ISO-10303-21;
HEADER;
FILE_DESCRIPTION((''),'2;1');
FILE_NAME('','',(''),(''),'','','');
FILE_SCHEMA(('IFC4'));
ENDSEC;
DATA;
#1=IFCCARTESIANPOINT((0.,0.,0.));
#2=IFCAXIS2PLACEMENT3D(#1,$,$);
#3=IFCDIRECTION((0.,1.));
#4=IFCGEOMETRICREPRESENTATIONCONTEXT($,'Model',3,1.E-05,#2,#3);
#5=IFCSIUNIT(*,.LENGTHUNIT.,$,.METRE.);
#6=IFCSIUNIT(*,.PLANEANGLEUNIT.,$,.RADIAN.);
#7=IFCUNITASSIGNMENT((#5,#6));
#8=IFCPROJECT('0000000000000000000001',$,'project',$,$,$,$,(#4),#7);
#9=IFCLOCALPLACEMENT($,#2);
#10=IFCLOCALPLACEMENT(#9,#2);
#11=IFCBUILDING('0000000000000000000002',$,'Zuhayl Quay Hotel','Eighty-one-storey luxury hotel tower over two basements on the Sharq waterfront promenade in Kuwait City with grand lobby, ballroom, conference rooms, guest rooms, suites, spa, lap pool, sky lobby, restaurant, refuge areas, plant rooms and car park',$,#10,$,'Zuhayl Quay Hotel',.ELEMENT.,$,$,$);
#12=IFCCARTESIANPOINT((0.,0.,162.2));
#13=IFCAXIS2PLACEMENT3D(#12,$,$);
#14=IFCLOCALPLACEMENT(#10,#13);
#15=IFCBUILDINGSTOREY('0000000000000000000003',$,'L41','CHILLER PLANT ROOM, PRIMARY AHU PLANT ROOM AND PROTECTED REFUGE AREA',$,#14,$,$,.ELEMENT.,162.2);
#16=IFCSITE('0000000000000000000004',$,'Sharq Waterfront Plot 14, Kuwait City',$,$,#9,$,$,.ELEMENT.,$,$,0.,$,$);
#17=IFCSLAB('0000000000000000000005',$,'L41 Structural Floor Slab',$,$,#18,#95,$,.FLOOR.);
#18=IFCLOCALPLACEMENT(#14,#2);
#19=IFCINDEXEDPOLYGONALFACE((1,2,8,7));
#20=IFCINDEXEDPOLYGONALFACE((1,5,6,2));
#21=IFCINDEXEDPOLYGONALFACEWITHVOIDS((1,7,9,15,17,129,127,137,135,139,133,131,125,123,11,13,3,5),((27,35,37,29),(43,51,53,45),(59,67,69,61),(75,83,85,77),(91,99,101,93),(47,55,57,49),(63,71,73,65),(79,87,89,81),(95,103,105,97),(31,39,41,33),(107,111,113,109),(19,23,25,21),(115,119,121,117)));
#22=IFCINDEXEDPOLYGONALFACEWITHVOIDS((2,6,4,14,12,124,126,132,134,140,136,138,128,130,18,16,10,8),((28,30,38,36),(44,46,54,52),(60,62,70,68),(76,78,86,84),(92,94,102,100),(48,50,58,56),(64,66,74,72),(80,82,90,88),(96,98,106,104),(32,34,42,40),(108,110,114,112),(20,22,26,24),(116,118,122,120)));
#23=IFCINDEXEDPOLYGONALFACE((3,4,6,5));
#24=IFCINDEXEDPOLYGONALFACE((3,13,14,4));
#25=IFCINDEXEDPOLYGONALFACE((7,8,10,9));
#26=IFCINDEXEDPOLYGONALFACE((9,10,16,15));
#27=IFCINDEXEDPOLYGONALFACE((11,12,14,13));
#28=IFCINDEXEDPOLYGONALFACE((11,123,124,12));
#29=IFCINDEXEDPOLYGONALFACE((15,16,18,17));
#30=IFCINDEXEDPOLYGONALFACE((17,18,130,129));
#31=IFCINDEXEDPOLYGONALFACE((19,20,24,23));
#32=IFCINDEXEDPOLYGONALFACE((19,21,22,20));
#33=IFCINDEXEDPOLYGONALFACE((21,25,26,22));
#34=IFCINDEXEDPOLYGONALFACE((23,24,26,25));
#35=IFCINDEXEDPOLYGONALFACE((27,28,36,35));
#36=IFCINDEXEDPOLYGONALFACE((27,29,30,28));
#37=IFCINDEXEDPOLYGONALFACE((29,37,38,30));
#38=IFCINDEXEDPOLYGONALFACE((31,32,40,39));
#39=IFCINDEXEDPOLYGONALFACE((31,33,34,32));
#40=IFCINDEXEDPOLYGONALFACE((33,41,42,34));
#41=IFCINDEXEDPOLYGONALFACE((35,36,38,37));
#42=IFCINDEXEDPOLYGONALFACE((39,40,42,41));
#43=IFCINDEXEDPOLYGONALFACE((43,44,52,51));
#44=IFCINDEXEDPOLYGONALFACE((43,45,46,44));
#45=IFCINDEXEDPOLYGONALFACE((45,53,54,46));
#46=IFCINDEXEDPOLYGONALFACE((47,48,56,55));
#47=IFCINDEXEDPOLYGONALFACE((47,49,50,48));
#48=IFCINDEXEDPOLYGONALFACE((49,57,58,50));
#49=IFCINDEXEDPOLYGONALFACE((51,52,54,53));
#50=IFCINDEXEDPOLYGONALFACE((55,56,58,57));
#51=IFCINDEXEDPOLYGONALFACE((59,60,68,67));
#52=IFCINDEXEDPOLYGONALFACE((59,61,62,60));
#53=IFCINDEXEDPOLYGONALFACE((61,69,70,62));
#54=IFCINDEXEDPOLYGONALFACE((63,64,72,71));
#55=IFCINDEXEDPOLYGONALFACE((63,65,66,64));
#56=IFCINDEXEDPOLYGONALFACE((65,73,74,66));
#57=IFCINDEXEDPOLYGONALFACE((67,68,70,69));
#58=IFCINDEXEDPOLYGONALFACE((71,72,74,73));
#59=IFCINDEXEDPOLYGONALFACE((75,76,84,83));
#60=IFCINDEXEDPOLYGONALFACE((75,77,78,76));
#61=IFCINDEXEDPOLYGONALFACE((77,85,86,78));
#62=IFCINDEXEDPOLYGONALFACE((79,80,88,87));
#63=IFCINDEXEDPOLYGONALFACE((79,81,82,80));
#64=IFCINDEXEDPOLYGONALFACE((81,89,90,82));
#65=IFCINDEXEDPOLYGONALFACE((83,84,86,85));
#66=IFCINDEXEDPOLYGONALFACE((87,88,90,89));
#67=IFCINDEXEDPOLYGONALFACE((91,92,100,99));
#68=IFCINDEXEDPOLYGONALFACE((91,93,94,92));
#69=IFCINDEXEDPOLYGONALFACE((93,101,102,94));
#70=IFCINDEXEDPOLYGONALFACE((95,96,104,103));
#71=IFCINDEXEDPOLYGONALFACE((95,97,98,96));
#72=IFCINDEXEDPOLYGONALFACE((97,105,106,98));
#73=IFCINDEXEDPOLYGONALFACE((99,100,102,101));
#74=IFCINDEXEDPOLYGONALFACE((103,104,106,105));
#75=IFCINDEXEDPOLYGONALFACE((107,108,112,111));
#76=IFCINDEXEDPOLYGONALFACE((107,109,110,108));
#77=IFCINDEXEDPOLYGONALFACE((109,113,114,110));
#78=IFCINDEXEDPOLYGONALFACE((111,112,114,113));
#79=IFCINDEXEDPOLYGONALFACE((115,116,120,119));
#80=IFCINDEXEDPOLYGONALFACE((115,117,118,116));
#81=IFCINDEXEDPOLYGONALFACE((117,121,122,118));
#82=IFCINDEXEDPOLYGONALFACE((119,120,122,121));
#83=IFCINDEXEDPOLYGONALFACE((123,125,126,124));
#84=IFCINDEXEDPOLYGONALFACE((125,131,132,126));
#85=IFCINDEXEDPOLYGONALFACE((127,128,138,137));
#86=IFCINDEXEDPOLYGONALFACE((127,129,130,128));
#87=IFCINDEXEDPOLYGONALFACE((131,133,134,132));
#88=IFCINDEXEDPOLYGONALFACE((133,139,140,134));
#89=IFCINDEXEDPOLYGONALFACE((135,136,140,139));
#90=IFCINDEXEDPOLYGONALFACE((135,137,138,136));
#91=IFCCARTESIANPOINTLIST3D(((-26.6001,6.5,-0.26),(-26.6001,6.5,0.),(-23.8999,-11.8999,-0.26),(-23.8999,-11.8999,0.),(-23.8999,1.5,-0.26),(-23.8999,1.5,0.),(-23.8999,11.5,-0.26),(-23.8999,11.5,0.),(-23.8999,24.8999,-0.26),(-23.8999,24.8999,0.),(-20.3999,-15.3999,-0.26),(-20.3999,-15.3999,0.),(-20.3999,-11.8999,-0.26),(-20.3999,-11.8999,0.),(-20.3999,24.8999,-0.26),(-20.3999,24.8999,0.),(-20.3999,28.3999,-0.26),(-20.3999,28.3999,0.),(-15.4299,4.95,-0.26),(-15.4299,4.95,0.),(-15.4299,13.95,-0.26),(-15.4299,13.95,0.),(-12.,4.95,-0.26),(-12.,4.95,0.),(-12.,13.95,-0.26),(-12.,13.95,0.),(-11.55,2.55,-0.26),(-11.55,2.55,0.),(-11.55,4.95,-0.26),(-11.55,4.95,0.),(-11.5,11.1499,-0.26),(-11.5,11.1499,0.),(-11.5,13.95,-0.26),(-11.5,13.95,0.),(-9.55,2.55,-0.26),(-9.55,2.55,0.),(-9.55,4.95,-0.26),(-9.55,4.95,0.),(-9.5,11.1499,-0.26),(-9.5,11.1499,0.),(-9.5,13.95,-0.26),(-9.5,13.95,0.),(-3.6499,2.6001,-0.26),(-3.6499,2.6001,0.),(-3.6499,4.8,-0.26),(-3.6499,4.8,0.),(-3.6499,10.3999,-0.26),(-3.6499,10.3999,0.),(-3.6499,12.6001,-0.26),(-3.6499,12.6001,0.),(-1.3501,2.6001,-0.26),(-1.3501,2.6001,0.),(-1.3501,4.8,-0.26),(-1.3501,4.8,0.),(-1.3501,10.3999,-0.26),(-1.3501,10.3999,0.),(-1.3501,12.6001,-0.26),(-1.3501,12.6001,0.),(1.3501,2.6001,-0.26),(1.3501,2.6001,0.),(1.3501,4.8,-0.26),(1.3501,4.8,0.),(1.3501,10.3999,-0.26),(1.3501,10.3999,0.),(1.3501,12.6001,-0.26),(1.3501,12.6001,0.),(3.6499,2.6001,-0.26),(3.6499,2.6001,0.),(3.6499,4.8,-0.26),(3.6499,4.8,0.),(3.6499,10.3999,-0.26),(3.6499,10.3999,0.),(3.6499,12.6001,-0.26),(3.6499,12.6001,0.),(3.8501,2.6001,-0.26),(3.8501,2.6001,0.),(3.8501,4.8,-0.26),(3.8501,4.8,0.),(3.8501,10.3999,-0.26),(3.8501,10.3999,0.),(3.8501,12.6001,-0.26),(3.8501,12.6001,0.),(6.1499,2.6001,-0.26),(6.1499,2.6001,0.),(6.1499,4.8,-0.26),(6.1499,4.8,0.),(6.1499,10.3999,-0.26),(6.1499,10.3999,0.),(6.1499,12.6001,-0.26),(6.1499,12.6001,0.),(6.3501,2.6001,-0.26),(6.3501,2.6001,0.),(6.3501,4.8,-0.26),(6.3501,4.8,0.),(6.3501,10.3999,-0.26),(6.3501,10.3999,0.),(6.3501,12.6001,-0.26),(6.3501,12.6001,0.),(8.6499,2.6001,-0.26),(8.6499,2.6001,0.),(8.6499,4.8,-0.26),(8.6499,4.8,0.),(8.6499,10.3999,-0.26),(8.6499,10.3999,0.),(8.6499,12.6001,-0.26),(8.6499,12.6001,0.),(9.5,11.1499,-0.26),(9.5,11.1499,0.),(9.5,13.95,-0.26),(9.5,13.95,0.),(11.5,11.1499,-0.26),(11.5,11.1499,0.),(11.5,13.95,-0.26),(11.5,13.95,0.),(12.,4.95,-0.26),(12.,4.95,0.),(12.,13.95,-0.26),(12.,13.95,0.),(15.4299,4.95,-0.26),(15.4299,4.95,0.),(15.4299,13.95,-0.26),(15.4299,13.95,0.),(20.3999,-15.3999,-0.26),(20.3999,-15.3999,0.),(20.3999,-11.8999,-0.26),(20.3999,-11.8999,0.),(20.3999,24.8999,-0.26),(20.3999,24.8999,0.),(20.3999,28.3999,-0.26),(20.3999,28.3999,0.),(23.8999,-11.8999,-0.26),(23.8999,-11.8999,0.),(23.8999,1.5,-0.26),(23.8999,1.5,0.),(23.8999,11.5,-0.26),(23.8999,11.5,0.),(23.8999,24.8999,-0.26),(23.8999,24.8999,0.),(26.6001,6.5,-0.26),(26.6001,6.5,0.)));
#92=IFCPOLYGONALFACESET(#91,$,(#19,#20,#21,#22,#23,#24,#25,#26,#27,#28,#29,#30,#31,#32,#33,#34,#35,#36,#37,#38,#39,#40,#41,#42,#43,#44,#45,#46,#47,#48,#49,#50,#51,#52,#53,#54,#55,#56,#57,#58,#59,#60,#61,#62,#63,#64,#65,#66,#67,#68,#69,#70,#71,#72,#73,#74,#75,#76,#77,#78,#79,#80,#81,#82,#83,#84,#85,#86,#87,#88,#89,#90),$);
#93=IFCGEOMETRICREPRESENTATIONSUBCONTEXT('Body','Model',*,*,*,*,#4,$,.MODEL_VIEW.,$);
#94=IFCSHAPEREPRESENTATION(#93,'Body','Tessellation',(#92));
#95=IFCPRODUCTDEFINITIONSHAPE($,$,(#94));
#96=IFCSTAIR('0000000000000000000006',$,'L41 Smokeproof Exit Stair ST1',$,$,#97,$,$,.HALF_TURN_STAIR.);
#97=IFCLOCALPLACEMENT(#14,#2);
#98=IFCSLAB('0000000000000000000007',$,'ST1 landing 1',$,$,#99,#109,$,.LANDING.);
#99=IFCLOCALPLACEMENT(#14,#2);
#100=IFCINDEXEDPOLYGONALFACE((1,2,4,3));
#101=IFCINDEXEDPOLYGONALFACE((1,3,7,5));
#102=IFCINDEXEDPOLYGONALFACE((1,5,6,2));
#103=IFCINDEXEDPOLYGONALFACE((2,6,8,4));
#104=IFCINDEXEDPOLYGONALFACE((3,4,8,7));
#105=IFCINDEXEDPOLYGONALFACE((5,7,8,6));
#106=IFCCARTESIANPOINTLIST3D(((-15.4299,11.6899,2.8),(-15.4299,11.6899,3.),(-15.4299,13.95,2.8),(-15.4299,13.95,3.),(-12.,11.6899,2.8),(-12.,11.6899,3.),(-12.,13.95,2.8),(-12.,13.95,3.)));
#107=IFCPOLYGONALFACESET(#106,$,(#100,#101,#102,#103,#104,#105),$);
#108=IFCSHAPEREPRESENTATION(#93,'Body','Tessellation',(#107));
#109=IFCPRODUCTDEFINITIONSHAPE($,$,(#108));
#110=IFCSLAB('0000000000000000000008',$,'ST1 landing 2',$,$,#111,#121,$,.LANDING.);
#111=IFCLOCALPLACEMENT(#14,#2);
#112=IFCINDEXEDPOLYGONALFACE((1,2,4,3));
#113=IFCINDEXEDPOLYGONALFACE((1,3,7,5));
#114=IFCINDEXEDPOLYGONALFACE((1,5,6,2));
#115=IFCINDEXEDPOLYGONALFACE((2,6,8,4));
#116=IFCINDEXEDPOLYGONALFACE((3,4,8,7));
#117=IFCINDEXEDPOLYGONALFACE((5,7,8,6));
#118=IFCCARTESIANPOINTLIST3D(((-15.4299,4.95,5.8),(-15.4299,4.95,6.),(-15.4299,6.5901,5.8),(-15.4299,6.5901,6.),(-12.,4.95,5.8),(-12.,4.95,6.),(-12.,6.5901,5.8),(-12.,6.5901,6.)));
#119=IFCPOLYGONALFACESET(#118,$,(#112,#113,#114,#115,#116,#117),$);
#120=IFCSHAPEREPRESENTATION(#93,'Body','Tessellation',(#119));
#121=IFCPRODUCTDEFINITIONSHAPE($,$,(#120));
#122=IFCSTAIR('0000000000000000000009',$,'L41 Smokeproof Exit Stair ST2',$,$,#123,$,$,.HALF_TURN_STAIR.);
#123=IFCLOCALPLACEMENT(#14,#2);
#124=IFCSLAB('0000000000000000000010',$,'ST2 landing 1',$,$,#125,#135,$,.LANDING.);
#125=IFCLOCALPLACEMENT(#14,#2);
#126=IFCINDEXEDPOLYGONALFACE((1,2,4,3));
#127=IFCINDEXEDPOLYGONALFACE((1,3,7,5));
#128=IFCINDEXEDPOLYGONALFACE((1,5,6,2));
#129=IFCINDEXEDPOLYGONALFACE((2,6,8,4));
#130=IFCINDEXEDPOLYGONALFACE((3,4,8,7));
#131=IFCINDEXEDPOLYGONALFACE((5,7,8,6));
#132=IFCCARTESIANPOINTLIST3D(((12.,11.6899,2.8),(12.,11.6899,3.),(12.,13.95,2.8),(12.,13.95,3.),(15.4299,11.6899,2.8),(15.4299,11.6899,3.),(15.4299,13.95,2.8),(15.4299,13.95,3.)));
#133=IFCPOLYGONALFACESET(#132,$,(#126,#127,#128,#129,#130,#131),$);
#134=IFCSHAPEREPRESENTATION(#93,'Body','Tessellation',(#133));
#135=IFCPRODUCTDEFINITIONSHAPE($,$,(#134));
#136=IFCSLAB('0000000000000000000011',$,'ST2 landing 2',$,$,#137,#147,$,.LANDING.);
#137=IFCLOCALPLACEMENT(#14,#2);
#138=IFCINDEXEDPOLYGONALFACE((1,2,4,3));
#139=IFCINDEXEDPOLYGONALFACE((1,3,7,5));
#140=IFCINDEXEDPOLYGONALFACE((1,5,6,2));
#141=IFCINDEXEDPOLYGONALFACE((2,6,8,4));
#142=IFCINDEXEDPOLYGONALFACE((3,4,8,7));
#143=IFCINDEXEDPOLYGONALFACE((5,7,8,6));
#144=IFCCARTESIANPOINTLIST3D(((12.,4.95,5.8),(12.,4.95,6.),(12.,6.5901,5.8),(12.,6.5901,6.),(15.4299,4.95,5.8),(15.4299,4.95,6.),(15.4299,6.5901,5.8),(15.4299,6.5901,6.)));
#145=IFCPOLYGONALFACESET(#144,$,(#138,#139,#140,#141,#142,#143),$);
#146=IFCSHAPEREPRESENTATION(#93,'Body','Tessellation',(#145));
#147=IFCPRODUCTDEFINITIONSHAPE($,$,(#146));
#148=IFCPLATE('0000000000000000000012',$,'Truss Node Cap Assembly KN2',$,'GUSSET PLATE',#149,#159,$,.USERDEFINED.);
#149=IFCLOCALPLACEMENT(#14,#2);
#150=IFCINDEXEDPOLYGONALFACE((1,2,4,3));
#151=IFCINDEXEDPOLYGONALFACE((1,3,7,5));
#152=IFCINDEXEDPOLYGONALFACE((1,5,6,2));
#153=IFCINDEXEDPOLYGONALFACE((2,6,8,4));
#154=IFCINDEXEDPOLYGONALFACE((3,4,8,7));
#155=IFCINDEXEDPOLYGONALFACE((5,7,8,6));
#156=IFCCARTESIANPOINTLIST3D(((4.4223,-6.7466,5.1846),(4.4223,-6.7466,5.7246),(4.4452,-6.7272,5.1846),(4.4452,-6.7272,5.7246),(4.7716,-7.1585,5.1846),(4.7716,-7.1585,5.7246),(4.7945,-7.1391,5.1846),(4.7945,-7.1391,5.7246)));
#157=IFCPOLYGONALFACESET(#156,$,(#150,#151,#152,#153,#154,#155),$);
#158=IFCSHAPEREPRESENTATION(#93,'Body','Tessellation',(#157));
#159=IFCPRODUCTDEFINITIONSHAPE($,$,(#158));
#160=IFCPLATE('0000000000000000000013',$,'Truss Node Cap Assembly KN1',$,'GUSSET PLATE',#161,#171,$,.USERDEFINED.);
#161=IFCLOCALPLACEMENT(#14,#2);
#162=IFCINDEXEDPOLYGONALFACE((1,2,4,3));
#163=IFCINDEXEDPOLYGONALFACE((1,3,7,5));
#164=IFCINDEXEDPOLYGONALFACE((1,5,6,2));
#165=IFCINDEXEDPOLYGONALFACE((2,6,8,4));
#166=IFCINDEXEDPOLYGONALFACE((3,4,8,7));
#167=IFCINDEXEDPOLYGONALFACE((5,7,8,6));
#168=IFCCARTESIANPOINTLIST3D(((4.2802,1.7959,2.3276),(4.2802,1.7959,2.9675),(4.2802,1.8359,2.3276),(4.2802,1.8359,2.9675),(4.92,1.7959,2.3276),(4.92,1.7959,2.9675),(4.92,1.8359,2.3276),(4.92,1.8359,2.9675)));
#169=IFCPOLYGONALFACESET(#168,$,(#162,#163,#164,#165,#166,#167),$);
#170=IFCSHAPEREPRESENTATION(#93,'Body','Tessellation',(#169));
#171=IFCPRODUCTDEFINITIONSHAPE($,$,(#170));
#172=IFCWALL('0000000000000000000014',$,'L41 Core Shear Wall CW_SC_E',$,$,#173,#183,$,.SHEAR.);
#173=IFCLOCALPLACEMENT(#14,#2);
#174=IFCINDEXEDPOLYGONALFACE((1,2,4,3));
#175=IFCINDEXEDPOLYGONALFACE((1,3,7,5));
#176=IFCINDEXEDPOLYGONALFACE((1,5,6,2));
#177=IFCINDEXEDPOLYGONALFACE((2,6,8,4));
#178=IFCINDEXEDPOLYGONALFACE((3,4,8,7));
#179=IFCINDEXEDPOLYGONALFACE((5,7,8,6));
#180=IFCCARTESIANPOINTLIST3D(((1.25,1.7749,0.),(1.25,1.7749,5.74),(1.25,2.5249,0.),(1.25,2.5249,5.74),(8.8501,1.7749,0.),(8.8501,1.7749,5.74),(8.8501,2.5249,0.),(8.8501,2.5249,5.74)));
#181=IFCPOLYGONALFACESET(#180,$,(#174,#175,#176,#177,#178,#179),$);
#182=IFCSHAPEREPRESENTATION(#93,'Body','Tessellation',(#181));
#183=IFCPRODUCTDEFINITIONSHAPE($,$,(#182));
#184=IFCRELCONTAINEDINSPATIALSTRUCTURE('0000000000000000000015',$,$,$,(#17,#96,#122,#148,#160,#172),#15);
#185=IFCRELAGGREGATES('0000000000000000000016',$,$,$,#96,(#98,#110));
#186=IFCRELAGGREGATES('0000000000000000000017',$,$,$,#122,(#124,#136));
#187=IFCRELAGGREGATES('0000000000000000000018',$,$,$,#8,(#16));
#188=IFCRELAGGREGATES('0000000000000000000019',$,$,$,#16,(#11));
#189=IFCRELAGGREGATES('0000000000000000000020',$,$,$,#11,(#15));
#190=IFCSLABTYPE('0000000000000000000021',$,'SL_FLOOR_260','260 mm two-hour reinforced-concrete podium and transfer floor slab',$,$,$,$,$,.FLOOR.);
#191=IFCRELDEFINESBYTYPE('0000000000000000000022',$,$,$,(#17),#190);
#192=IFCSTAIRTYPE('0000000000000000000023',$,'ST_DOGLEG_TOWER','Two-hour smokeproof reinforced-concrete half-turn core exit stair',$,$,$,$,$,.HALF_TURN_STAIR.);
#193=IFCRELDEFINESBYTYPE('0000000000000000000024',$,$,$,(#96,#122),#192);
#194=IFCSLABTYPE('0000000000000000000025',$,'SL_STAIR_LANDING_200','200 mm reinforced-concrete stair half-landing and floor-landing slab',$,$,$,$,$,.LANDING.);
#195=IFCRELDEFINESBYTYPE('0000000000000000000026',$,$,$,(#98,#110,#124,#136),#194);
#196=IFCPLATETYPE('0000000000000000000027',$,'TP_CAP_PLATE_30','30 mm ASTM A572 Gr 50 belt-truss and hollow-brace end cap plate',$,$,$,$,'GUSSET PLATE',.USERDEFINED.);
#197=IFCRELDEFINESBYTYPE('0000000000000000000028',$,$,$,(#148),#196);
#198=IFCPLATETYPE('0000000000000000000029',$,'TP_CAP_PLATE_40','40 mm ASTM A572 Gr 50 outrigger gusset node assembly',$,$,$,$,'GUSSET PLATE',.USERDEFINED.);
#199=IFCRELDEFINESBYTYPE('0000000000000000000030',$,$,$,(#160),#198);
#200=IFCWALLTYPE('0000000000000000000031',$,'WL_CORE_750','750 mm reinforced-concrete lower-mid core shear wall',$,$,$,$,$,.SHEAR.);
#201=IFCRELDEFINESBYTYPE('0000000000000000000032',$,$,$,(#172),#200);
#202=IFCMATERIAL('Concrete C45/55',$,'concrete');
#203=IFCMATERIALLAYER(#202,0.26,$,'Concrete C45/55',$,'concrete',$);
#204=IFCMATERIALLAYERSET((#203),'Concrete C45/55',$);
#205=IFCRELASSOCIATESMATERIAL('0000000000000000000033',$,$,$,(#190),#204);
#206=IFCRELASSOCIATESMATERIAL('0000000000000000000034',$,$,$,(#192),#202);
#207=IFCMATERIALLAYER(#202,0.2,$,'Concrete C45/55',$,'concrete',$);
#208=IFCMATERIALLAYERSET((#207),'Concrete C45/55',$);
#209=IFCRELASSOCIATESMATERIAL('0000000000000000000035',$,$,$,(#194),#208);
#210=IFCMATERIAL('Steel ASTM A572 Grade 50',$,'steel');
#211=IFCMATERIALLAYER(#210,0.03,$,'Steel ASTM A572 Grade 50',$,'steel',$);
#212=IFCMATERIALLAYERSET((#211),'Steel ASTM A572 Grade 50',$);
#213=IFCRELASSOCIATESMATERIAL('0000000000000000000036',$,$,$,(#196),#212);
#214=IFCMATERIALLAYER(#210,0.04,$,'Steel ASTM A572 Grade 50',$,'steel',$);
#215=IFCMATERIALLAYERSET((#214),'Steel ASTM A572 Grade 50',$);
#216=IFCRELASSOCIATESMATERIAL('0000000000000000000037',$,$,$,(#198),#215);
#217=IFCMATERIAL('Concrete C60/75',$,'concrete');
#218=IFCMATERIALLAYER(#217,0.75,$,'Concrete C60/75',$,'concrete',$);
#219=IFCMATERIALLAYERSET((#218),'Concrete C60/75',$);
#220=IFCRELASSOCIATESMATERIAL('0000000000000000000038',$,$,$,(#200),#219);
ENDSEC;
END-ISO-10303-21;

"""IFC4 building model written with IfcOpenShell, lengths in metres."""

from ifc_helpers import new_model, si_unit, direction, frame, frame_2d, origin, origin_2d, place, context, subcontext, project, spatial, polyline, rectangle, outline, extrude, material, layer, layer_set, type_object, element, aggregate, save


model = new_model("IFC4")

# Units and contexts
model_context = context("Model", 3, precision=1e-05, world=origin(), true_north=direction((0.0, 1.0)))
body_context = subcontext(model_context, "Body", "Model", "MODEL_VIEW")
ifc_project = project(units=[si_unit("LENGTHUNIT", "METRE"), si_unit("PLANEANGLEUNIT", "RADIAN")], contexts=[model_context])

# Site, building, storey
site_placement = place(None, origin())
site = spatial("IfcSite", under=ifc_project, at=site_placement, Name="Sharq Waterfront Plot 14, Kuwait City", CompositionType="ELEMENT", RefElevation=0.0)
building_placement = place(site_placement, origin())
building = spatial("IfcBuilding", under=site, at=building_placement, Name="Zuhayl Quay Hotel", Description="Eighty-one-storey luxury hotel tower over two basements on the Sharq waterfront promenade in Kuwait City with grand lobby, ballroom, conference rooms, guest rooms, suites, spa, lap pool, sky lobby, restaurant, refuge areas, plant rooms and car park", LongName="Zuhayl Quay Hotel", CompositionType="ELEMENT")
storey_placement = place(building_placement, frame((0.0, 0.0, 162.2)))
storey = spatial("IfcBuildingStorey", under=building, at=storey_placement, Name="L41", Description="CHILLER PLANT ROOM, PRIMARY AHU PLANT ROOM AND PROTECTED REFUGE AREA", CompositionType="ELEMENT", Elevation=162.2)

# Shared definitions
ifc_material_1 = material(Name="Concrete C60/75", Category="concrete")

# Slab
ifc_material_2 = material(Name="Concrete C45/55", Category="concrete")
ifc_layer_1 = layer(ifc_material_2, 0.26, Name="Concrete C45/55", Category="concrete")
ifc_layer_set_1 = layer_set([ifc_layer_1], Name="Concrete C45/55")
slab_type_1 = type_object("IfcSlabType", Name="SL_FLOOR_260", Description="260 mm two-hour reinforced-concrete podium and transfer floor slab", PredefinedType="FLOOR", material=ifc_layer_set_1)
slab_1_placement = place(storey_placement, frame((0.0, 0.0, -0.26)))
element("IfcSlab", 1, at=slab_1_placement, inside=storey, type_object=slab_type_1, Name="L41 Structural Floor Slab", PredefinedType="FLOOR", context=body_context, shape_type="SweptSolid", body=[
    extrude(outline(polyline([(-20.3999, -15.3999), (20.3999, -15.3999), (20.3999, -11.8999), (23.8999, -11.8999), (23.8999, 1.5), (26.6001, 6.5), (23.8999, 11.5), (23.8999, 24.8999), (20.3999, 24.8999), (20.3999, 28.3999), (-20.3999, 28.3999), (-20.3999, 24.8999), (-23.8999, 24.8999), (-23.8999, 11.5), (-26.6001, 6.5), (-23.8999, 1.5), (-23.8999, -11.8999), (-20.3999, -11.8999), (-20.3999, -15.3999)]), holes=[polyline([(-12.0, 4.95), (-12.0, 13.95), (-15.4299, 13.95), (-15.4299, 4.95), (-12.0, 4.95)]), polyline([(15.4299, 4.95), (15.4299, 13.95), (12.0, 13.95), (12.0, 4.95), (15.4299, 4.95)]), polyline([(-11.5, 11.1499), (-9.5, 11.1499), (-9.5, 13.95), (-11.5, 13.95), (-11.5, 11.1499)]), polyline([(9.5, 11.1499), (11.5, 11.1499), (11.5, 13.95), (9.5, 13.95), (9.5, 11.1499)]), polyline([(-3.6499, 2.6001), (-1.3501, 2.6001), (-1.3501, 4.8), (-3.6499, 4.8), (-3.6499, 2.6001)]), polyline([(1.3501, 2.6001), (3.6499, 2.6001), (3.6499, 4.8), (1.3501, 4.8), (1.3501, 2.6001)]), polyline([(-3.6499, 10.3999), (-1.3501, 10.3999), (-1.3501, 12.6001), (-3.6499, 12.6001), (-3.6499, 10.3999)]), polyline([(1.3501, 10.3999), (3.6499, 10.3999), (3.6499, 12.6001), (1.3501, 12.6001), (1.3501, 10.3999)]), polyline([(3.8501, 2.6001), (6.1499, 2.6001), (6.1499, 4.8), (3.8501, 4.8), (3.8501, 2.6001)]), polyline([(6.3501, 2.6001), (8.6499, 2.6001), (8.6499, 4.8), (6.3501, 4.8), (6.3501, 2.6001)]), polyline([(3.8501, 10.3999), (6.1499, 10.3999), (6.1499, 12.6001), (3.8501, 12.6001), (3.8501, 10.3999)]), polyline([(6.3501, 10.3999), (8.6499, 10.3999), (8.6499, 12.6001), (6.3501, 12.6001), (6.3501, 10.3999)]), polyline([(-11.55, 2.55), (-9.55, 2.55), (-9.55, 4.95), (-11.55, 4.95), (-11.55, 2.55)])]), origin(), (0.0, 0.0, 1.0), 0.26),
])

# Stairs, slabs
stair_type = type_object("IfcStairType", Name="ST_DOGLEG_TOWER", Description="Two-hour smokeproof reinforced-concrete half-turn core exit stair", PredefinedType="HALF_TURN_STAIR", material=ifc_material_2)
stair_1_placement = place(storey_placement, origin())
stair_1 = element("IfcStair", 2, at=stair_1_placement, inside=storey, type_object=stair_type, Name="L41 Smokeproof Exit Stair ST1", PredefinedType="HALF_TURN_STAIR")
ifc_layer_2 = layer(ifc_material_2, 0.2, Name="Concrete C45/55", Category="concrete")
ifc_layer_set_2 = layer_set([ifc_layer_2], Name="Concrete C45/55")
slab_type_2 = type_object("IfcSlabType", Name="SL_STAIR_LANDING_200", Description="200 mm reinforced-concrete stair half-landing and floor-landing slab", PredefinedType="LANDING", material=ifc_layer_set_2)
slab_2_placement = place(storey_placement, frame((0.0, 0.0, 2.8)))
slab_2 = element("IfcSlab", 3, at=slab_2_placement, type_object=slab_type_2, Name="ST1 landing 1", PredefinedType="LANDING", context=body_context, shape_type="SweptSolid", body=[
    extrude(outline(polyline([(-12.0, 11.6899), (-12.0, 13.95), (-15.4299, 13.95), (-15.4299, 11.6899), (-12.0, 11.6899)])), origin(), (0.0, 0.0, 1.0), 0.2),
])
slab_3_placement = place(storey_placement, frame((0.0, 0.0, 5.8)))
slab_3 = element("IfcSlab", 4, at=slab_3_placement, type_object=slab_type_2, Name="ST1 landing 2", PredefinedType="LANDING", context=body_context, shape_type="SweptSolid", body=[
    extrude(outline(polyline([(-12.0, 4.95), (-12.0, 6.5901), (-15.4299, 6.5901), (-15.4299, 4.95), (-12.0, 4.95)])), origin(), (0.0, 0.0, 1.0), 0.2),
])
aggregate(stair_1, [slab_2, slab_3])
stair_2_placement = place(storey_placement, origin())
stair_2 = element("IfcStair", 5, at=stair_2_placement, inside=storey, type_object=stair_type, Name="L41 Smokeproof Exit Stair ST2", PredefinedType="HALF_TURN_STAIR")
slab_4_placement = place(storey_placement, frame((0.0, 0.0, 2.8)))
slab_4 = element("IfcSlab", 6, at=slab_4_placement, type_object=slab_type_2, Name="ST2 landing 1", PredefinedType="LANDING", context=body_context, shape_type="SweptSolid", body=[
    extrude(outline(polyline([(15.4299, 11.6899), (15.4299, 13.95), (12.0, 13.95), (12.0, 11.6899), (15.4299, 11.6899)])), origin(), (0.0, 0.0, 1.0), 0.2),
])
slab_5_placement = place(storey_placement, frame((0.0, 0.0, 5.8)))
slab_5 = element("IfcSlab", 7, at=slab_5_placement, type_object=slab_type_2, Name="ST2 landing 2", PredefinedType="LANDING", context=body_context, shape_type="SweptSolid", body=[
    extrude(outline(polyline([(15.4299, 4.95), (15.4299, 6.5901), (12.0, 6.5901), (12.0, 4.95), (15.4299, 4.95)])), origin(), (0.0, 0.0, 1.0), 0.2),
])
aggregate(stair_2, [slab_4, slab_5])

# Plates
ifc_material_3 = material(Name="Steel ASTM A572 Grade 50", Category="steel")
ifc_layer_3 = layer(ifc_material_3, 0.03, Name="Steel ASTM A572 Grade 50", Category="steel")
ifc_layer_set_3 = layer_set([ifc_layer_3], Name="Steel ASTM A572 Grade 50")
plate_type_1 = type_object("IfcPlateType", Name="TP_CAP_PLATE_30", Description="30 mm ASTM A572 Gr 50 belt-truss and hollow-brace end cap plate", ElementType="GUSSET PLATE", PredefinedType="USERDEFINED", material=ifc_layer_set_3)
plate_1_placement = place(storey_placement, frame((4.6084, -6.9429, 5.1846), z_axis=(0.0, 0.0, 1.0), x_axis=(0.762781, 0.646657, 0.0)))
element("IfcPlate", 8, at=plate_1_placement, inside=storey, type_object=plate_type_1, Name="Truss Node Cap Assembly KN2", ObjectType="GUSSET PLATE", PredefinedType="USERDEFINED", context=body_context, shape_type="SweptSolid", body=[
    extrude(rectangle(XDim=0.03, YDim=0.54, at=origin_2d()), origin(), (0.0, 0.0, 1.0), 0.54),
])
ifc_layer_4 = layer(ifc_material_3, 0.04, Name="Steel ASTM A572 Grade 50", Category="steel")
ifc_layer_set_4 = layer_set([ifc_layer_4], Name="Steel ASTM A572 Grade 50")
plate_type_2 = type_object("IfcPlateType", Name="TP_CAP_PLATE_40", Description="40 mm ASTM A572 Gr 50 outrigger gusset node assembly", ElementType="GUSSET PLATE", PredefinedType="USERDEFINED", material=ifc_layer_set_4)
plate_2_placement = place(storey_placement, frame((4.6001, 1.8159, 2.3276), z_axis=(0.0, 0.0, 1.0), x_axis=(0.0, 1.0, 0.0)))
element("IfcPlate", 9, at=plate_2_placement, inside=storey, type_object=plate_type_2, Name="Truss Node Cap Assembly KN1", ObjectType="GUSSET PLATE", PredefinedType="USERDEFINED", context=body_context, shape_type="SweptSolid", body=[
    extrude(rectangle(XDim=0.04, YDim=0.6399, at=origin_2d()), origin(), (0.0, 0.0, 1.0), 0.6399),
])

# Wall
ifc_layer_5 = layer(ifc_material_1, 0.75, Name="Concrete C60/75", Category="concrete")
ifc_layer_set_5 = layer_set([ifc_layer_5], Name="Concrete C60/75")
wall_type_1 = type_object("IfcWallType", Name="WL_CORE_750", Description="750 mm reinforced-concrete lower-mid core shear wall", PredefinedType="SHEAR", material=ifc_layer_set_5)
wall_1_placement = place(storey_placement, frame((1.25, 2.1499, 0.0), z_axis=(0.0, 0.0, 1.0), x_axis=(1.0, 0.0, 0.0)))
element("IfcWall", 10, at=wall_1_placement, inside=storey, type_object=wall_type_1, Name="L41 Core Shear Wall CW_SC_E", PredefinedType="SHEAR", context=body_context, shape_type="SweptSolid", body=[
    extrude(rectangle(XDim=7.6001, YDim=0.75, at=frame_2d((3.8, 0.0))), origin(), (0.0, 0.0, 1.0), 5.74),
])

save(model, "model.ifc")
